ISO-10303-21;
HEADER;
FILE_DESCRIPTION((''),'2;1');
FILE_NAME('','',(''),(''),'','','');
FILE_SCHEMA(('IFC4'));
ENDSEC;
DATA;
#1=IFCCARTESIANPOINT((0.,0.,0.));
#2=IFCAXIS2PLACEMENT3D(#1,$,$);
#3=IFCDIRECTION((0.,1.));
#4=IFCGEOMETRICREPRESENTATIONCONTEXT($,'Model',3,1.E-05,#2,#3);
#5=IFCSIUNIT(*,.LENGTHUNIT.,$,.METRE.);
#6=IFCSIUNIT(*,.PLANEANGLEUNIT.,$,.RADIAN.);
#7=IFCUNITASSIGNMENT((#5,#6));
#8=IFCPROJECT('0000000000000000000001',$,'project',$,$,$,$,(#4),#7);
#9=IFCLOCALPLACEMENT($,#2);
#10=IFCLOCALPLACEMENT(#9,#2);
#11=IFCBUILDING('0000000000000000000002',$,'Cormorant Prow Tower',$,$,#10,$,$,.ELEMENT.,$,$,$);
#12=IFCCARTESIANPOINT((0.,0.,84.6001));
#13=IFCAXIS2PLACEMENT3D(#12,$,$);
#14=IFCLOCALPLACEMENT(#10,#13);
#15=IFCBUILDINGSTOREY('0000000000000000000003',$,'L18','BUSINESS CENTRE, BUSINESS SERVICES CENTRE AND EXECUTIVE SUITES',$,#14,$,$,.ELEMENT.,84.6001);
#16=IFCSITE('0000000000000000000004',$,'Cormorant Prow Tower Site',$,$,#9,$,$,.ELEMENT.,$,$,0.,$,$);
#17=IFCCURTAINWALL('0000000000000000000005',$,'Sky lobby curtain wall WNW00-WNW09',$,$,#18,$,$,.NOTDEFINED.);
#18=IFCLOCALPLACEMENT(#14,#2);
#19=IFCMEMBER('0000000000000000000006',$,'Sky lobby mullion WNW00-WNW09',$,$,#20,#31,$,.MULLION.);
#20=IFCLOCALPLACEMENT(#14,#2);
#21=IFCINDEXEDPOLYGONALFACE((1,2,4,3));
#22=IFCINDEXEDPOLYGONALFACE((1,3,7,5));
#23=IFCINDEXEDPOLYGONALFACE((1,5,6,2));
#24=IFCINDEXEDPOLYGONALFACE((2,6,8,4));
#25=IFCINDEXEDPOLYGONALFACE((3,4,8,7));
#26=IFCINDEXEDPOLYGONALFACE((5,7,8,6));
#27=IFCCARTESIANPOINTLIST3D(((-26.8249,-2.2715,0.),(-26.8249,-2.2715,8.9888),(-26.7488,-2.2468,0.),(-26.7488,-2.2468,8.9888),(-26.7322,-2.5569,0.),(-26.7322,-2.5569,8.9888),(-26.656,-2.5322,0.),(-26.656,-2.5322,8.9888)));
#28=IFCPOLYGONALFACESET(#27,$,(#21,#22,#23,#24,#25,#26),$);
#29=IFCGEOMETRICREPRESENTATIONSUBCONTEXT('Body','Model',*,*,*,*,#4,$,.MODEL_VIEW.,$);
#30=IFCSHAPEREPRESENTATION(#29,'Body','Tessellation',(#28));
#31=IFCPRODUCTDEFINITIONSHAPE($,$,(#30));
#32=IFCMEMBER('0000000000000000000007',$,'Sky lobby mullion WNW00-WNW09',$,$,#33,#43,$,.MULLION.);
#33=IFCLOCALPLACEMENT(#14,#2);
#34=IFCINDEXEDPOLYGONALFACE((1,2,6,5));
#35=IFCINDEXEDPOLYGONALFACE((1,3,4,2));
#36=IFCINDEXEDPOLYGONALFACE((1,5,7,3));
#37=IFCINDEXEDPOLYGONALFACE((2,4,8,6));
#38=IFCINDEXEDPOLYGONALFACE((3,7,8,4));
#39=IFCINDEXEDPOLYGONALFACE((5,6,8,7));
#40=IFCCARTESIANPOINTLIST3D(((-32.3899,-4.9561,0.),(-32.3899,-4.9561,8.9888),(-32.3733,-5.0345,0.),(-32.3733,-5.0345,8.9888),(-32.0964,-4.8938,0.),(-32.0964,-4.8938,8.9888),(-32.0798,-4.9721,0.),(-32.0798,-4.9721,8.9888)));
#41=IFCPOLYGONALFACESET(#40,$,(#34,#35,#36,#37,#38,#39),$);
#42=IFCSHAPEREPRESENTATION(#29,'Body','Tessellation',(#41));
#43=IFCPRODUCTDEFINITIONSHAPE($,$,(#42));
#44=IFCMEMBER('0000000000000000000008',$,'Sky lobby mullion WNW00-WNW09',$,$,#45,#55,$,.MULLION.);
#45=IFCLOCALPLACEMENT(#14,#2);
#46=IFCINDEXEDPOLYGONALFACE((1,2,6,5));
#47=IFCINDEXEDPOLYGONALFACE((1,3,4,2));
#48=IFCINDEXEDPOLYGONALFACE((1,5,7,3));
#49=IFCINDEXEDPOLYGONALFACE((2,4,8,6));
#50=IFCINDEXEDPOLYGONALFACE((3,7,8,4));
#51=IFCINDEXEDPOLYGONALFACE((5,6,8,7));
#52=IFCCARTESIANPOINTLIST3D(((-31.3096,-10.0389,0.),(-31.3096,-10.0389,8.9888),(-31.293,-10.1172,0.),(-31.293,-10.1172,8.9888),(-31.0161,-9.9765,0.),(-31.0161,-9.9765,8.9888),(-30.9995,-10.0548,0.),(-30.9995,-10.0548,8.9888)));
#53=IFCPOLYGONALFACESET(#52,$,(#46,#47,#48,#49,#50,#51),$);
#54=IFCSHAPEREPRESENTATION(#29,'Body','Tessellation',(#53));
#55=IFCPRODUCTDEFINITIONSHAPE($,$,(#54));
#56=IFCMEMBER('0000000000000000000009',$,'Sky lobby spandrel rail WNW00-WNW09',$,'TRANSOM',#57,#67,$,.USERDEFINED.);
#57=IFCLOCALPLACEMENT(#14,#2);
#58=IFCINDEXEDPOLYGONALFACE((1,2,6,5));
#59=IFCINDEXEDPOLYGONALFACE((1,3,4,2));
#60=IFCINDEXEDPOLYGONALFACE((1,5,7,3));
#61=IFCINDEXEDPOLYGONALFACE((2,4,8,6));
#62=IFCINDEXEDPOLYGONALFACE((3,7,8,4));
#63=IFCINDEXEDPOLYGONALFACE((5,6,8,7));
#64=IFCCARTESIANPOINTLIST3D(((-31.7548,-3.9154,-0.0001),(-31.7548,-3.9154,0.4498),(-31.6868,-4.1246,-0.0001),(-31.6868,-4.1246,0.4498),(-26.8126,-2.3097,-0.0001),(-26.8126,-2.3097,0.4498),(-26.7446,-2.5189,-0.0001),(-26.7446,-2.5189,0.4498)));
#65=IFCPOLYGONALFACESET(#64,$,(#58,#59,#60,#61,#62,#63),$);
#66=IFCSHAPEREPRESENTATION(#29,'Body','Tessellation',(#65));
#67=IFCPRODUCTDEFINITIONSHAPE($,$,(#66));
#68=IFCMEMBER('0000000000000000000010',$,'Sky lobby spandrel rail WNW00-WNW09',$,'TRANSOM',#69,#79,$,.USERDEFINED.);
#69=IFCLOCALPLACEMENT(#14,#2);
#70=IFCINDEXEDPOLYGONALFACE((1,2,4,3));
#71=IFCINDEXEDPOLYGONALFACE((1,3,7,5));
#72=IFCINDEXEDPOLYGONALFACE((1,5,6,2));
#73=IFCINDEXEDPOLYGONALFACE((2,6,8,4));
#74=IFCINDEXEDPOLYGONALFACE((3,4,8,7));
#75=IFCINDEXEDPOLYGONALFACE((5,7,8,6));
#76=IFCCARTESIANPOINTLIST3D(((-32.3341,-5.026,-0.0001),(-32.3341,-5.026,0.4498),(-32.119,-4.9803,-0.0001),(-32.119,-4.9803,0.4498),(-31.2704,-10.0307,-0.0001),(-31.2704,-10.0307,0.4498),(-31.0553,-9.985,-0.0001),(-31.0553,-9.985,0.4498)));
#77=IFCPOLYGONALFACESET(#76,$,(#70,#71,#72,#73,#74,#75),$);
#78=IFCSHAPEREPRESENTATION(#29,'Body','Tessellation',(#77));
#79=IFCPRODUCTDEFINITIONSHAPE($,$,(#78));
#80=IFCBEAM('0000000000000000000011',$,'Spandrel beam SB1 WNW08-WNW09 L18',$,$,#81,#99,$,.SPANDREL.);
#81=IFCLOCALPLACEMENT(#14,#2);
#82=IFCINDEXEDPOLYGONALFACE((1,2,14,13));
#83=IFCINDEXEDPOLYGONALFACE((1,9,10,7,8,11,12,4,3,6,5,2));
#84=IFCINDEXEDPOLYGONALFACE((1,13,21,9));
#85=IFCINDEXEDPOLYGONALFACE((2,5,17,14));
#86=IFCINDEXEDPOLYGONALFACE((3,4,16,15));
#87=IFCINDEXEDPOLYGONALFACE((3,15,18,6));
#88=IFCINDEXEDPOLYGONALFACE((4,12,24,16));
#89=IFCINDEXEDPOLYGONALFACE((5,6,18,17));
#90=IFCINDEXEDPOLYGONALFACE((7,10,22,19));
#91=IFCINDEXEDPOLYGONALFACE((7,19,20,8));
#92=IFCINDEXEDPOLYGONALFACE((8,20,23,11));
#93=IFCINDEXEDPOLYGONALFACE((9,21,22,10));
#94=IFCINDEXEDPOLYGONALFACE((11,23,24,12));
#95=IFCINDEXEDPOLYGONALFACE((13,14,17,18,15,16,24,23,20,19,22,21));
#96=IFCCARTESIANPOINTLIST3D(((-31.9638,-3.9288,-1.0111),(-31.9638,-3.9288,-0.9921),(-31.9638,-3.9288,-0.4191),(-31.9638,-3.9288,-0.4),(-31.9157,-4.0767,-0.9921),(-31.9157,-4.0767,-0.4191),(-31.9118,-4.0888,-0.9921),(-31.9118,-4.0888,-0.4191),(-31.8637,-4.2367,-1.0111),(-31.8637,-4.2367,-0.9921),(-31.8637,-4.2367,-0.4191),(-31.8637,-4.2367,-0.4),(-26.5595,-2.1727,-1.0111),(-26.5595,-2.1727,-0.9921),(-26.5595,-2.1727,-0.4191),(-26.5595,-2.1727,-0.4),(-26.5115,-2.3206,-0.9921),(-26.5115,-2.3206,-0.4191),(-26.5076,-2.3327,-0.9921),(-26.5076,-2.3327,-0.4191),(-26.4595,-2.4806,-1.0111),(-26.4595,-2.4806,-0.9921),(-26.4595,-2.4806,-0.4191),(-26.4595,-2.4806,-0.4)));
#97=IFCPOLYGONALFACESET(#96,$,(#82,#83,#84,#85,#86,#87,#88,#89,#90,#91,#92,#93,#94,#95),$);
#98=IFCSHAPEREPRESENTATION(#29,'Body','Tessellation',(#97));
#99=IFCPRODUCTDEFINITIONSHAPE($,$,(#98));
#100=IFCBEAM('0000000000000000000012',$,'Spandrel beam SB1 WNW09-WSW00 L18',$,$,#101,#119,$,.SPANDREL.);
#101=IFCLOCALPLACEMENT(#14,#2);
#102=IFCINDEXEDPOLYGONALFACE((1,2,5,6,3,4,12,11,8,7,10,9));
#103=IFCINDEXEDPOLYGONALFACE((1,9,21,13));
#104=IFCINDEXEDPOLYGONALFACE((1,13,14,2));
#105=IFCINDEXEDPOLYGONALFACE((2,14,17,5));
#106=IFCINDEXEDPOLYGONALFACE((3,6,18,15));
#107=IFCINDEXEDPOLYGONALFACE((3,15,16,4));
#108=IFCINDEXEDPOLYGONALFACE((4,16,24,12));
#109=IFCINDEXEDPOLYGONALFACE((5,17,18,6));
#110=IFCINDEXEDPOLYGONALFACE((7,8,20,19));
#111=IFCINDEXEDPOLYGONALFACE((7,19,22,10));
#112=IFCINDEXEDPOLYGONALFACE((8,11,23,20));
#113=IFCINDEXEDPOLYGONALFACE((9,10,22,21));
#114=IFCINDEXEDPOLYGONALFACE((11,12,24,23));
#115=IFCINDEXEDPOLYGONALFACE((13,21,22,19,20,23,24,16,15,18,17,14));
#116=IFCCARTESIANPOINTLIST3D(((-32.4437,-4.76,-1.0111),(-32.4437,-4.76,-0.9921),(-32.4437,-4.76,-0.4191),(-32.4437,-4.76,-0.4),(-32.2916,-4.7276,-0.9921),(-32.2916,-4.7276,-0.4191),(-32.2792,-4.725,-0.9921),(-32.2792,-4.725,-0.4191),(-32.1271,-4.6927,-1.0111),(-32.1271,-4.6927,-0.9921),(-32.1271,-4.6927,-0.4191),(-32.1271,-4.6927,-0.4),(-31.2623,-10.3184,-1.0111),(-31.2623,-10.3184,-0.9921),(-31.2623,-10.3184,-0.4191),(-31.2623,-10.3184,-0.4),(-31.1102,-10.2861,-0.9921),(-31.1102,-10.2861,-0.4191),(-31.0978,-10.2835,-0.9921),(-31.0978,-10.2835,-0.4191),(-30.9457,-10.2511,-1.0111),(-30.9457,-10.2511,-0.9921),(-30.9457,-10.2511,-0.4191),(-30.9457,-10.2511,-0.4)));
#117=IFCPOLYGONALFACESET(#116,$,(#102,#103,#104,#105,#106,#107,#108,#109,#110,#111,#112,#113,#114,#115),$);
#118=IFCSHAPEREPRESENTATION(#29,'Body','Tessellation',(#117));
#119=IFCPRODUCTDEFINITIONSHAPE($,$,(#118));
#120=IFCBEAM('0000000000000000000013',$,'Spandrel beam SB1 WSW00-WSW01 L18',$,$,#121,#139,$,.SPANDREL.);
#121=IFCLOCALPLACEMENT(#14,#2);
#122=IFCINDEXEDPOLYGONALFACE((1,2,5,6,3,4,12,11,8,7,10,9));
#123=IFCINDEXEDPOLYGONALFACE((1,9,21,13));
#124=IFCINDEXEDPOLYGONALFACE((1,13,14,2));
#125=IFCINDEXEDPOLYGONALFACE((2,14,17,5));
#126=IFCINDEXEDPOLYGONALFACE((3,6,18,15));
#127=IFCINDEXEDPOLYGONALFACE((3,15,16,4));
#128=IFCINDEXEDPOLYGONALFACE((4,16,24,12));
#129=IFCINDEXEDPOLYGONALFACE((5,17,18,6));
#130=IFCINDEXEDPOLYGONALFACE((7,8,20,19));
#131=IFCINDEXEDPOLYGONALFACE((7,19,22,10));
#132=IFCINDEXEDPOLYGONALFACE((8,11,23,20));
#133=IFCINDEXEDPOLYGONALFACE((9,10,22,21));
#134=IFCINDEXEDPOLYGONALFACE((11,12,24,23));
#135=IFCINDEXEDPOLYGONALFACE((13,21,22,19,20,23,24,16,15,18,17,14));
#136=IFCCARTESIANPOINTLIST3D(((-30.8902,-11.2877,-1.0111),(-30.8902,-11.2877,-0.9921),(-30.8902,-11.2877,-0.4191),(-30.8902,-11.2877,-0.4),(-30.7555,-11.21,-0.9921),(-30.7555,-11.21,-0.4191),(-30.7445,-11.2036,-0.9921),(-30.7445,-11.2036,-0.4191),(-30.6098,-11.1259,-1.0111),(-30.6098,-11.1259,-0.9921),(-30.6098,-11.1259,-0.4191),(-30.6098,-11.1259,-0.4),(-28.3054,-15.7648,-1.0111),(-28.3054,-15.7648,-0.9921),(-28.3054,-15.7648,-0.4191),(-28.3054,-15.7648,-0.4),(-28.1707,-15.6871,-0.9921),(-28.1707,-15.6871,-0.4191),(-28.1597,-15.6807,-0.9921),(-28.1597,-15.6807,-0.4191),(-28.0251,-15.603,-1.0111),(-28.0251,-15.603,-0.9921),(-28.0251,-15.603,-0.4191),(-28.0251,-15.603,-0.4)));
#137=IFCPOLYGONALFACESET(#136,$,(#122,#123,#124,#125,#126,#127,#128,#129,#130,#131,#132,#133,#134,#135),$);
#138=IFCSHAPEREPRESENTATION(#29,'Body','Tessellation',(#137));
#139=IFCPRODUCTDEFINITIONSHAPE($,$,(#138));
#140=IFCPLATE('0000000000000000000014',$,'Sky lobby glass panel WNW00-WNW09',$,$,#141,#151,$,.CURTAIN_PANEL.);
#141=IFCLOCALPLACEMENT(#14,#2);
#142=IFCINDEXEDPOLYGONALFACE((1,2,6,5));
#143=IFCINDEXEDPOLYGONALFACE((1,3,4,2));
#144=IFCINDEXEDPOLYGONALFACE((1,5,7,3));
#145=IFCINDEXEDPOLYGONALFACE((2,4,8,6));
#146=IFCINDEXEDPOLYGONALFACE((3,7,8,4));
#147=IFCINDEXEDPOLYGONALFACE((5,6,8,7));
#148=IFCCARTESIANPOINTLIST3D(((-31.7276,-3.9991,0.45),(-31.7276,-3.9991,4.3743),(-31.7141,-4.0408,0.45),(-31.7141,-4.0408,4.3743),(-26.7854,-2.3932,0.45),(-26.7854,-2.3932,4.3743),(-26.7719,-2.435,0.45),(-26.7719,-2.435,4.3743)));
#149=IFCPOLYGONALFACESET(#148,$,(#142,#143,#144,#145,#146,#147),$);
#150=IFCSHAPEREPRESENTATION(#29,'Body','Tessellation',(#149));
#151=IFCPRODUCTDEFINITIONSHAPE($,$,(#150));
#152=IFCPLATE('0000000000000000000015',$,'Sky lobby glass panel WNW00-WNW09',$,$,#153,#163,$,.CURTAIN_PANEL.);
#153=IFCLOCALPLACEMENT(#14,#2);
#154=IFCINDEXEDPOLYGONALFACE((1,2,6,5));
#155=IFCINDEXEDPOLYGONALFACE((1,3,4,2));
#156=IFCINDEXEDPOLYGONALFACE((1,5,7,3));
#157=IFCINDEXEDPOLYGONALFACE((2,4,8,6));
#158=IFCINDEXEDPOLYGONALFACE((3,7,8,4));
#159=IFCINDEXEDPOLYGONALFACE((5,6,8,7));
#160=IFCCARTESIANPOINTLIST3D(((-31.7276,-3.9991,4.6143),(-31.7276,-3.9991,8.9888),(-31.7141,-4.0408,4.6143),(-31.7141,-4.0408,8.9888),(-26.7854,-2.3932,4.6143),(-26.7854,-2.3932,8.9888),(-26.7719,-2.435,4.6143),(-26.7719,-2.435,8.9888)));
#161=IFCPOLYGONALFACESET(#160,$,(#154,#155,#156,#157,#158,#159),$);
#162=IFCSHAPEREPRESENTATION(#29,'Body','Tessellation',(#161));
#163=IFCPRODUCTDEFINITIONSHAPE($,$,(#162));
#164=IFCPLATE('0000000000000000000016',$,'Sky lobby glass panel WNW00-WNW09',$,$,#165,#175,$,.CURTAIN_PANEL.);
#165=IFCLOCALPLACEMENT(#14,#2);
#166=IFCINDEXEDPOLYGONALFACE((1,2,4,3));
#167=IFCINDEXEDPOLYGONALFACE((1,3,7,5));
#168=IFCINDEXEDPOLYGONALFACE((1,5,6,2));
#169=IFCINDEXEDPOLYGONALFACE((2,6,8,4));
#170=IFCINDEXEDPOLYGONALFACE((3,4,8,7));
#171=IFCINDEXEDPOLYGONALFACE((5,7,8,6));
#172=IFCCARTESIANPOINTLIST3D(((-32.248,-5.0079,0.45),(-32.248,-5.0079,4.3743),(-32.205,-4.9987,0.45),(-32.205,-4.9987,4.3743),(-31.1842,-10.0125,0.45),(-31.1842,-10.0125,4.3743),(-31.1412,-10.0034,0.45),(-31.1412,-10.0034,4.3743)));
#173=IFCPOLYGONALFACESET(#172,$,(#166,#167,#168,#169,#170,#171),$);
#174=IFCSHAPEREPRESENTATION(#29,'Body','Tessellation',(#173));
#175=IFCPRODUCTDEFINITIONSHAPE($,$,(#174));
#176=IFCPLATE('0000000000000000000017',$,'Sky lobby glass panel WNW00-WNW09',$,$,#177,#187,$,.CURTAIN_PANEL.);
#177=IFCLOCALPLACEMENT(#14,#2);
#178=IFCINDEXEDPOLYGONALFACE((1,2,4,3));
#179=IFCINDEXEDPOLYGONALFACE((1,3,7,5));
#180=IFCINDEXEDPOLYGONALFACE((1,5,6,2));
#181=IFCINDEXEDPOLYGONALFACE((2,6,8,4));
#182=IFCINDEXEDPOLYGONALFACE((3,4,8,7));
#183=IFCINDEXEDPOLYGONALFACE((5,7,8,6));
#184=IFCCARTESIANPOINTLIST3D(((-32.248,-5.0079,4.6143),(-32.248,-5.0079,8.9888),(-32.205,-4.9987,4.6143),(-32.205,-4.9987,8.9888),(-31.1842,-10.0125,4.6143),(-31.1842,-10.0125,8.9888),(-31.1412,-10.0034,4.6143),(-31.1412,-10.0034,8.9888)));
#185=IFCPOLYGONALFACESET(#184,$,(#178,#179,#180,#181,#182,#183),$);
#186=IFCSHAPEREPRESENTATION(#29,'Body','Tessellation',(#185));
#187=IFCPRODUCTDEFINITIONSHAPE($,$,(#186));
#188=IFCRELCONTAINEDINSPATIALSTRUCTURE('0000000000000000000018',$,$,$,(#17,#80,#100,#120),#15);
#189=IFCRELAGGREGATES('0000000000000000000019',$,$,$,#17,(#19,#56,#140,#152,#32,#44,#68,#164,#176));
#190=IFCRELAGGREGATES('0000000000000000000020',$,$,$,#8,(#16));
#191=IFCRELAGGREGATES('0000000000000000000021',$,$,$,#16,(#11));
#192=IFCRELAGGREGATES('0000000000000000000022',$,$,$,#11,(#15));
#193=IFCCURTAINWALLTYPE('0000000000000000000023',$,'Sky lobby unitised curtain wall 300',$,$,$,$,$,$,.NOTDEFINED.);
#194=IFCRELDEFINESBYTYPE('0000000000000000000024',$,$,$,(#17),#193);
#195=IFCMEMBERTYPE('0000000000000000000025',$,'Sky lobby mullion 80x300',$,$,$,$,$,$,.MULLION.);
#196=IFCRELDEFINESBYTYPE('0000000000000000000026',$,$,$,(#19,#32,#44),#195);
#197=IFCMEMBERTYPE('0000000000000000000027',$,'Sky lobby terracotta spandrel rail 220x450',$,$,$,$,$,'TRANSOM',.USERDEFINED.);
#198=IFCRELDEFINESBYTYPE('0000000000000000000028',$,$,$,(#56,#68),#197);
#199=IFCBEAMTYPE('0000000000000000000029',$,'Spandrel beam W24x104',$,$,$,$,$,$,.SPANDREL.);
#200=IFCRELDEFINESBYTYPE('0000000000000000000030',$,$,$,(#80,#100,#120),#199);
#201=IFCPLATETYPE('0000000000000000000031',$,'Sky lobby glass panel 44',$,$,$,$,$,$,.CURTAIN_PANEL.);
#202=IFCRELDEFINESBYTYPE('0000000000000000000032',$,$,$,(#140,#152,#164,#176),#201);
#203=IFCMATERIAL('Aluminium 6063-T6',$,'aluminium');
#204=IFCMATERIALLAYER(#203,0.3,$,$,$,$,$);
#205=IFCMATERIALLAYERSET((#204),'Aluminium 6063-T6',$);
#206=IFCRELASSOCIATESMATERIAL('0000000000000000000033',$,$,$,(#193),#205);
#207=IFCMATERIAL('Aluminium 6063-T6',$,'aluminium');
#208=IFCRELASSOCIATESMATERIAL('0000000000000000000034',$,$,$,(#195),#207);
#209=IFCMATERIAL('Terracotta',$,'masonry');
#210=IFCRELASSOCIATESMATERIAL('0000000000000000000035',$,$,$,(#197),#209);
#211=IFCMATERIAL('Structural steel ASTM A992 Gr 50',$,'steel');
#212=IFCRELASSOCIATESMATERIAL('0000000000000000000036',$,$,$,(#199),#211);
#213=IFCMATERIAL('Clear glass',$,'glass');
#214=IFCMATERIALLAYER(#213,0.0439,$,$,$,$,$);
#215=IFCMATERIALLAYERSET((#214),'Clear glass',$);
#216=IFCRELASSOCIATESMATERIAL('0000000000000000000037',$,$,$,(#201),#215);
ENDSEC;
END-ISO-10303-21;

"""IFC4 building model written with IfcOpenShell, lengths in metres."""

from ifc_helpers import new_model, si_unit, direction, frame, origin, origin_2d, place, context, subcontext, project, spatial, rectangle, i_section, extrude, material, layer, layer_set, material_profile, profile_set, type_object, element, aggregate, save


model = new_model("IFC4")

# Units and contexts
model_context = context("Model", 3, precision=1e-05, world=origin(), true_north=direction((0.0, 1.0)))
body_context = subcontext(model_context, "Body", "Model", "MODEL_VIEW")
ifc_project = project(units=[si_unit("LENGTHUNIT", "METRE"), si_unit("PLANEANGLEUNIT", "RADIAN")], contexts=[model_context])

# Site, building, storey
site_placement = place(None, origin())
site = spatial("IfcSite", under=ifc_project, at=site_placement, Name="Cormorant Prow Tower Site", CompositionType="ELEMENT", RefElevation=0.0)
building_placement = place(site_placement, origin())
building = spatial("IfcBuilding", under=site, at=building_placement, Name="Cormorant Prow Tower", CompositionType="ELEMENT")
storey_placement = place(building_placement, frame((0.0, 0.0, 84.6001)))
storey = spatial("IfcBuildingStorey", under=building, at=storey_placement, Name="L18", Description="BUSINESS CENTRE, BUSINESS SERVICES CENTRE AND EXECUTIVE SUITES", CompositionType="ELEMENT", Elevation=84.6001)

# Curtain wall, members
ifc_material_1 = material(Name="Aluminium 6063-T6", Category="aluminium")
ifc_layer_1 = layer(ifc_material_1, 0.3)
ifc_layer_set_1 = layer_set([ifc_layer_1], Name="Aluminium 6063-T6")
curtain_wall_type = type_object("IfcCurtainWallType", Name="Sky lobby unitised curtain wall 300", PredefinedType="NOTDEFINED", material=ifc_layer_set_1)
curtain_wall_placement = place(storey_placement, origin())
curtain_wall = element("IfcCurtainWall", 1, at=curtain_wall_placement, inside=storey, type_object=curtain_wall_type, Name="Sky lobby curtain wall WNW00-WNW09", PredefinedType="NOTDEFINED")
ifc_material_2 = material(Name="Aluminium 6063-T6", Category="aluminium")
ifc_material_profile_1 = material_profile(ifc_material_2, rectangle(XDim=0.3, YDim=0.0801, at=origin_2d()), Name="Sky lobby mullion 80x300")
ifc_profile_set_1 = profile_set([ifc_material_profile_1], Name="Aluminium 6063-T6")
member_type_1 = type_object("IfcMemberType", Name="Sky lobby mullion 80x300", PredefinedType="MULLION", material=ifc_profile_set_1)
member_1_placement = place(storey_placement, frame((-26.7405, -2.4019, 0.0), z_axis=(0.0, 0.0, 1.0), x_axis=(0.309017, -0.951057, 0.0)))
member_1 = element("IfcMember", 2, at=member_1_placement, type_object=member_type_1, Name="Sky lobby mullion WNW00-WNW09", PredefinedType="MULLION", context=body_context, shape_type="SweptSolid", body=[
    extrude(rectangle(XDim=0.3, YDim=0.0801, at=origin_2d()), origin(), (0.0, 0.0, 1.0), 8.9888),
])
member_2_placement = place(storey_placement, frame((-32.2349, -4.9641, 0.0), z_axis=(0.0, 0.0, 1.0), x_axis=(0.978148, 0.207912, 0.0)))
member_2 = element("IfcMember", 3, at=member_2_placement, type_object=member_type_1, Name="Sky lobby mullion WNW00-WNW09", PredefinedType="MULLION", context=body_context, shape_type="SweptSolid", body=[
    extrude(rectangle(XDim=0.3, YDim=0.0801, at=origin_2d()), origin(), (0.0, 0.0, 1.0), 8.9888),
])
member_3_placement = place(storey_placement, frame((-31.1545, -10.0469, 0.0), z_axis=(0.0, 0.0, 1.0), x_axis=(0.978148, 0.207912, 0.0)))
member_3 = element("IfcMember", 4, at=member_3_placement, type_object=member_type_1, Name="Sky lobby mullion WNW00-WNW09", PredefinedType="MULLION", context=body_context, shape_type="SweptSolid", body=[
    extrude(rectangle(XDim=0.3, YDim=0.0801, at=origin_2d()), origin(), (0.0, 0.0, 1.0), 8.9888),
])
ifc_material_3 = material(Name="Terracotta", Category="masonry")
ifc_material_profile_2 = material_profile(ifc_material_3, rectangle(XDim=0.22, YDim=0.45, at=origin_2d()), Name="Sky lobby terracotta spandrel rail 220x450")
ifc_profile_set_2 = profile_set([ifc_material_profile_2], Name="Terracotta")
member_type_2 = type_object("IfcMemberType", Name="Sky lobby terracotta spandrel rail 220x450", ElementType="TRANSOM", PredefinedType="USERDEFINED", material=ifc_profile_set_2)
member_4_placement = place(storey_placement, frame((-26.7786, -2.4143, 0.2249), z_axis=(-0.951061, -0.309002, 0.0), x_axis=(0.309002, -0.951061, 0.0)))
member_4 = element("IfcMember", 5, at=member_4_placement, type_object=member_type_2, Name="Sky lobby spandrel rail WNW00-WNW09", ObjectType="TRANSOM", PredefinedType="USERDEFINED", context=body_context, shape_type="SweptSolid", body=[
    extrude(rectangle(XDim=0.22, YDim=0.45, at=origin_2d()), origin(), (0.0, 0.0, 1.0), 5.1965),
])
member_5_placement = place(storey_placement, frame((-32.2266, -5.0032, 0.2249), z_axis=(0.207903, -0.97815, 0.0), x_axis=(0.97815, 0.207903, 0.0)))
member_5 = element("IfcMember", 6, at=member_5_placement, type_object=member_type_2, Name="Sky lobby spandrel rail WNW00-WNW09", ObjectType="TRANSOM", PredefinedType="USERDEFINED", context=body_context, shape_type="SweptSolid", body=[
    extrude(rectangle(XDim=0.22, YDim=0.45, at=origin_2d()), origin(), (0.0, 0.0, 1.0), 5.1165),
])

# Beams
ifc_material_4 = material(Name="Structural steel ASTM A992 Gr 50", Category="steel")
ifc_material_profile_3 = material_profile(ifc_material_4, i_section(OverallWidth=0.3237, OverallDepth=0.6111, WebThickness=0.0127, FlangeThickness=0.019, at=origin_2d()), Name="W24x104")
ifc_profile_set_3 = profile_set([ifc_material_profile_3], Name="Structural steel ASTM A992 Gr 50")
beam_type_1 = type_object("IfcBeamType", Name="Spandrel beam W24x104", PredefinedType="SPANDREL", material=ifc_profile_set_3)
beam_1_placement = place(storey_placement, frame((-26.5095, -2.3267, -0.7056), z_axis=(-0.951049, -0.309039, 0.0), x_axis=(0.309039, -0.951049, 0.0)))
element("IfcBeam", 7, at=beam_1_placement, inside=storey, type_object=beam_type_1, Name="Spandrel beam SB1 WNW08-WNW09 L18", PredefinedType="SPANDREL", context=body_context, shape_type="SweptSolid", body=[
    extrude(i_section(OverallWidth=0.3237, OverallDepth=0.6111, WebThickness=0.0127, FlangeThickness=0.019, at=origin_2d()), origin(), (0.0, 0.0, 1.0), 5.6824),
])
beam_2_placement = place(storey_placement, frame((-32.2854, -4.7263, -0.7056), z_axis=(0.2079, -0.97815, 0.0), x_axis=(0.97815, 0.2079, 0.0)))
element("IfcBeam", 8, at=beam_2_placement, inside=storey, type_object=beam_type_1, Name="Spandrel beam SB1 WNW09-WSW00 L18", PredefinedType="SPANDREL", context=body_context, shape_type="SweptSolid", body=[
    extrude(i_section(OverallWidth=0.3237, OverallDepth=0.6111, WebThickness=0.0127, FlangeThickness=0.019, at=origin_2d()), origin(), (0.0, 0.0, 1.0), 5.6826),
])
beam_3_placement = place(storey_placement, frame((-30.75, -11.2068, -0.7056), z_axis=(0.499984, -0.866035, 0.0), x_axis=(0.866035, 0.499984, 0.0)))
element("IfcBeam", 9, at=beam_3_placement, inside=storey, type_object=beam_type_1, Name="Spandrel beam SB1 WSW00-WSW01 L18", PredefinedType="SPANDREL", context=body_context, shape_type="SweptSolid", body=[
    extrude(i_section(OverallWidth=0.3237, OverallDepth=0.6111, WebThickness=0.0127, FlangeThickness=0.019, at=origin_2d()), origin(), (0.0, 0.0, 1.0), 5.1697),
])

# Plates
ifc_material_5 = material(Name="Clear glass", Category="glass")
ifc_layer_2 = layer(ifc_material_5, 0.0439)
ifc_layer_set_2 = layer_set([ifc_layer_2], Name="Clear glass")
plate_type = type_object("IfcPlateType", Name="Sky lobby glass panel 44", PredefinedType="CURTAIN_PANEL", material=ifc_layer_set_2)
plate_1_placement = place(storey_placement, frame((-29.2498, -3.217, 0.45), z_axis=(0.0, 0.0, 1.0), x_axis=(-0.951057, -0.309017, 0.0)))
plate_1 = element("IfcPlate", 10, at=plate_1_placement, type_object=plate_type, Name="Sky lobby glass panel WNW00-WNW09", PredefinedType="CURTAIN_PANEL", context=body_context, shape_type="SweptSolid", body=[
    extrude(rectangle(XDim=5.1965, YDim=0.0439, at=origin_2d()), origin(), (0.0, 0.0, 1.0), 3.9243),
])
plate_2_placement = place(storey_placement, frame((-29.2498, -3.217, 4.6143), z_axis=(0.0, 0.0, 1.0), x_axis=(-0.951057, -0.309017, 0.0)))
plate_2 = element("IfcPlate", 11, at=plate_2_placement, type_object=plate_type, Name="Sky lobby glass panel WNW00-WNW09", PredefinedType="CURTAIN_PANEL", context=body_context, shape_type="SweptSolid", body=[
    extrude(rectangle(XDim=5.1965, YDim=0.0439, at=origin_2d()), origin(), (0.0, 0.0, 1.0), 4.3745),
])
plate_3_placement = place(storey_placement, frame((-31.6946, -7.5056, 0.45), z_axis=(0.0, 0.0, 1.0), x_axis=(0.207912, -0.978148, 0.0)))
plate_3 = element("IfcPlate", 12, at=plate_3_placement, type_object=plate_type, Name="Sky lobby glass panel WNW00-WNW09", PredefinedType="CURTAIN_PANEL", context=body_context, shape_type="SweptSolid", body=[
    extrude(rectangle(XDim=5.1165, YDim=0.0439, at=origin_2d()), origin(), (0.0, 0.0, 1.0), 3.9243),
])
plate_4_placement = place(storey_placement, frame((-31.6946, -7.5056, 4.6143), z_axis=(0.0, 0.0, 1.0), x_axis=(0.207912, -0.978148, 0.0)))
plate_4 = element("IfcPlate", 13, at=plate_4_placement, type_object=plate_type, Name="Sky lobby glass panel WNW00-WNW09", PredefinedType="CURTAIN_PANEL", context=body_context, shape_type="SweptSolid", body=[
    extrude(rectangle(XDim=5.1165, YDim=0.0439, at=origin_2d()), origin(), (0.0, 0.0, 1.0), 4.3745),
])
aggregate(curtain_wall, [member_1, member_4, plate_1, plate_2, member_2, member_3, member_5, plate_3, plate_4])

save(model, "model.ifc")
